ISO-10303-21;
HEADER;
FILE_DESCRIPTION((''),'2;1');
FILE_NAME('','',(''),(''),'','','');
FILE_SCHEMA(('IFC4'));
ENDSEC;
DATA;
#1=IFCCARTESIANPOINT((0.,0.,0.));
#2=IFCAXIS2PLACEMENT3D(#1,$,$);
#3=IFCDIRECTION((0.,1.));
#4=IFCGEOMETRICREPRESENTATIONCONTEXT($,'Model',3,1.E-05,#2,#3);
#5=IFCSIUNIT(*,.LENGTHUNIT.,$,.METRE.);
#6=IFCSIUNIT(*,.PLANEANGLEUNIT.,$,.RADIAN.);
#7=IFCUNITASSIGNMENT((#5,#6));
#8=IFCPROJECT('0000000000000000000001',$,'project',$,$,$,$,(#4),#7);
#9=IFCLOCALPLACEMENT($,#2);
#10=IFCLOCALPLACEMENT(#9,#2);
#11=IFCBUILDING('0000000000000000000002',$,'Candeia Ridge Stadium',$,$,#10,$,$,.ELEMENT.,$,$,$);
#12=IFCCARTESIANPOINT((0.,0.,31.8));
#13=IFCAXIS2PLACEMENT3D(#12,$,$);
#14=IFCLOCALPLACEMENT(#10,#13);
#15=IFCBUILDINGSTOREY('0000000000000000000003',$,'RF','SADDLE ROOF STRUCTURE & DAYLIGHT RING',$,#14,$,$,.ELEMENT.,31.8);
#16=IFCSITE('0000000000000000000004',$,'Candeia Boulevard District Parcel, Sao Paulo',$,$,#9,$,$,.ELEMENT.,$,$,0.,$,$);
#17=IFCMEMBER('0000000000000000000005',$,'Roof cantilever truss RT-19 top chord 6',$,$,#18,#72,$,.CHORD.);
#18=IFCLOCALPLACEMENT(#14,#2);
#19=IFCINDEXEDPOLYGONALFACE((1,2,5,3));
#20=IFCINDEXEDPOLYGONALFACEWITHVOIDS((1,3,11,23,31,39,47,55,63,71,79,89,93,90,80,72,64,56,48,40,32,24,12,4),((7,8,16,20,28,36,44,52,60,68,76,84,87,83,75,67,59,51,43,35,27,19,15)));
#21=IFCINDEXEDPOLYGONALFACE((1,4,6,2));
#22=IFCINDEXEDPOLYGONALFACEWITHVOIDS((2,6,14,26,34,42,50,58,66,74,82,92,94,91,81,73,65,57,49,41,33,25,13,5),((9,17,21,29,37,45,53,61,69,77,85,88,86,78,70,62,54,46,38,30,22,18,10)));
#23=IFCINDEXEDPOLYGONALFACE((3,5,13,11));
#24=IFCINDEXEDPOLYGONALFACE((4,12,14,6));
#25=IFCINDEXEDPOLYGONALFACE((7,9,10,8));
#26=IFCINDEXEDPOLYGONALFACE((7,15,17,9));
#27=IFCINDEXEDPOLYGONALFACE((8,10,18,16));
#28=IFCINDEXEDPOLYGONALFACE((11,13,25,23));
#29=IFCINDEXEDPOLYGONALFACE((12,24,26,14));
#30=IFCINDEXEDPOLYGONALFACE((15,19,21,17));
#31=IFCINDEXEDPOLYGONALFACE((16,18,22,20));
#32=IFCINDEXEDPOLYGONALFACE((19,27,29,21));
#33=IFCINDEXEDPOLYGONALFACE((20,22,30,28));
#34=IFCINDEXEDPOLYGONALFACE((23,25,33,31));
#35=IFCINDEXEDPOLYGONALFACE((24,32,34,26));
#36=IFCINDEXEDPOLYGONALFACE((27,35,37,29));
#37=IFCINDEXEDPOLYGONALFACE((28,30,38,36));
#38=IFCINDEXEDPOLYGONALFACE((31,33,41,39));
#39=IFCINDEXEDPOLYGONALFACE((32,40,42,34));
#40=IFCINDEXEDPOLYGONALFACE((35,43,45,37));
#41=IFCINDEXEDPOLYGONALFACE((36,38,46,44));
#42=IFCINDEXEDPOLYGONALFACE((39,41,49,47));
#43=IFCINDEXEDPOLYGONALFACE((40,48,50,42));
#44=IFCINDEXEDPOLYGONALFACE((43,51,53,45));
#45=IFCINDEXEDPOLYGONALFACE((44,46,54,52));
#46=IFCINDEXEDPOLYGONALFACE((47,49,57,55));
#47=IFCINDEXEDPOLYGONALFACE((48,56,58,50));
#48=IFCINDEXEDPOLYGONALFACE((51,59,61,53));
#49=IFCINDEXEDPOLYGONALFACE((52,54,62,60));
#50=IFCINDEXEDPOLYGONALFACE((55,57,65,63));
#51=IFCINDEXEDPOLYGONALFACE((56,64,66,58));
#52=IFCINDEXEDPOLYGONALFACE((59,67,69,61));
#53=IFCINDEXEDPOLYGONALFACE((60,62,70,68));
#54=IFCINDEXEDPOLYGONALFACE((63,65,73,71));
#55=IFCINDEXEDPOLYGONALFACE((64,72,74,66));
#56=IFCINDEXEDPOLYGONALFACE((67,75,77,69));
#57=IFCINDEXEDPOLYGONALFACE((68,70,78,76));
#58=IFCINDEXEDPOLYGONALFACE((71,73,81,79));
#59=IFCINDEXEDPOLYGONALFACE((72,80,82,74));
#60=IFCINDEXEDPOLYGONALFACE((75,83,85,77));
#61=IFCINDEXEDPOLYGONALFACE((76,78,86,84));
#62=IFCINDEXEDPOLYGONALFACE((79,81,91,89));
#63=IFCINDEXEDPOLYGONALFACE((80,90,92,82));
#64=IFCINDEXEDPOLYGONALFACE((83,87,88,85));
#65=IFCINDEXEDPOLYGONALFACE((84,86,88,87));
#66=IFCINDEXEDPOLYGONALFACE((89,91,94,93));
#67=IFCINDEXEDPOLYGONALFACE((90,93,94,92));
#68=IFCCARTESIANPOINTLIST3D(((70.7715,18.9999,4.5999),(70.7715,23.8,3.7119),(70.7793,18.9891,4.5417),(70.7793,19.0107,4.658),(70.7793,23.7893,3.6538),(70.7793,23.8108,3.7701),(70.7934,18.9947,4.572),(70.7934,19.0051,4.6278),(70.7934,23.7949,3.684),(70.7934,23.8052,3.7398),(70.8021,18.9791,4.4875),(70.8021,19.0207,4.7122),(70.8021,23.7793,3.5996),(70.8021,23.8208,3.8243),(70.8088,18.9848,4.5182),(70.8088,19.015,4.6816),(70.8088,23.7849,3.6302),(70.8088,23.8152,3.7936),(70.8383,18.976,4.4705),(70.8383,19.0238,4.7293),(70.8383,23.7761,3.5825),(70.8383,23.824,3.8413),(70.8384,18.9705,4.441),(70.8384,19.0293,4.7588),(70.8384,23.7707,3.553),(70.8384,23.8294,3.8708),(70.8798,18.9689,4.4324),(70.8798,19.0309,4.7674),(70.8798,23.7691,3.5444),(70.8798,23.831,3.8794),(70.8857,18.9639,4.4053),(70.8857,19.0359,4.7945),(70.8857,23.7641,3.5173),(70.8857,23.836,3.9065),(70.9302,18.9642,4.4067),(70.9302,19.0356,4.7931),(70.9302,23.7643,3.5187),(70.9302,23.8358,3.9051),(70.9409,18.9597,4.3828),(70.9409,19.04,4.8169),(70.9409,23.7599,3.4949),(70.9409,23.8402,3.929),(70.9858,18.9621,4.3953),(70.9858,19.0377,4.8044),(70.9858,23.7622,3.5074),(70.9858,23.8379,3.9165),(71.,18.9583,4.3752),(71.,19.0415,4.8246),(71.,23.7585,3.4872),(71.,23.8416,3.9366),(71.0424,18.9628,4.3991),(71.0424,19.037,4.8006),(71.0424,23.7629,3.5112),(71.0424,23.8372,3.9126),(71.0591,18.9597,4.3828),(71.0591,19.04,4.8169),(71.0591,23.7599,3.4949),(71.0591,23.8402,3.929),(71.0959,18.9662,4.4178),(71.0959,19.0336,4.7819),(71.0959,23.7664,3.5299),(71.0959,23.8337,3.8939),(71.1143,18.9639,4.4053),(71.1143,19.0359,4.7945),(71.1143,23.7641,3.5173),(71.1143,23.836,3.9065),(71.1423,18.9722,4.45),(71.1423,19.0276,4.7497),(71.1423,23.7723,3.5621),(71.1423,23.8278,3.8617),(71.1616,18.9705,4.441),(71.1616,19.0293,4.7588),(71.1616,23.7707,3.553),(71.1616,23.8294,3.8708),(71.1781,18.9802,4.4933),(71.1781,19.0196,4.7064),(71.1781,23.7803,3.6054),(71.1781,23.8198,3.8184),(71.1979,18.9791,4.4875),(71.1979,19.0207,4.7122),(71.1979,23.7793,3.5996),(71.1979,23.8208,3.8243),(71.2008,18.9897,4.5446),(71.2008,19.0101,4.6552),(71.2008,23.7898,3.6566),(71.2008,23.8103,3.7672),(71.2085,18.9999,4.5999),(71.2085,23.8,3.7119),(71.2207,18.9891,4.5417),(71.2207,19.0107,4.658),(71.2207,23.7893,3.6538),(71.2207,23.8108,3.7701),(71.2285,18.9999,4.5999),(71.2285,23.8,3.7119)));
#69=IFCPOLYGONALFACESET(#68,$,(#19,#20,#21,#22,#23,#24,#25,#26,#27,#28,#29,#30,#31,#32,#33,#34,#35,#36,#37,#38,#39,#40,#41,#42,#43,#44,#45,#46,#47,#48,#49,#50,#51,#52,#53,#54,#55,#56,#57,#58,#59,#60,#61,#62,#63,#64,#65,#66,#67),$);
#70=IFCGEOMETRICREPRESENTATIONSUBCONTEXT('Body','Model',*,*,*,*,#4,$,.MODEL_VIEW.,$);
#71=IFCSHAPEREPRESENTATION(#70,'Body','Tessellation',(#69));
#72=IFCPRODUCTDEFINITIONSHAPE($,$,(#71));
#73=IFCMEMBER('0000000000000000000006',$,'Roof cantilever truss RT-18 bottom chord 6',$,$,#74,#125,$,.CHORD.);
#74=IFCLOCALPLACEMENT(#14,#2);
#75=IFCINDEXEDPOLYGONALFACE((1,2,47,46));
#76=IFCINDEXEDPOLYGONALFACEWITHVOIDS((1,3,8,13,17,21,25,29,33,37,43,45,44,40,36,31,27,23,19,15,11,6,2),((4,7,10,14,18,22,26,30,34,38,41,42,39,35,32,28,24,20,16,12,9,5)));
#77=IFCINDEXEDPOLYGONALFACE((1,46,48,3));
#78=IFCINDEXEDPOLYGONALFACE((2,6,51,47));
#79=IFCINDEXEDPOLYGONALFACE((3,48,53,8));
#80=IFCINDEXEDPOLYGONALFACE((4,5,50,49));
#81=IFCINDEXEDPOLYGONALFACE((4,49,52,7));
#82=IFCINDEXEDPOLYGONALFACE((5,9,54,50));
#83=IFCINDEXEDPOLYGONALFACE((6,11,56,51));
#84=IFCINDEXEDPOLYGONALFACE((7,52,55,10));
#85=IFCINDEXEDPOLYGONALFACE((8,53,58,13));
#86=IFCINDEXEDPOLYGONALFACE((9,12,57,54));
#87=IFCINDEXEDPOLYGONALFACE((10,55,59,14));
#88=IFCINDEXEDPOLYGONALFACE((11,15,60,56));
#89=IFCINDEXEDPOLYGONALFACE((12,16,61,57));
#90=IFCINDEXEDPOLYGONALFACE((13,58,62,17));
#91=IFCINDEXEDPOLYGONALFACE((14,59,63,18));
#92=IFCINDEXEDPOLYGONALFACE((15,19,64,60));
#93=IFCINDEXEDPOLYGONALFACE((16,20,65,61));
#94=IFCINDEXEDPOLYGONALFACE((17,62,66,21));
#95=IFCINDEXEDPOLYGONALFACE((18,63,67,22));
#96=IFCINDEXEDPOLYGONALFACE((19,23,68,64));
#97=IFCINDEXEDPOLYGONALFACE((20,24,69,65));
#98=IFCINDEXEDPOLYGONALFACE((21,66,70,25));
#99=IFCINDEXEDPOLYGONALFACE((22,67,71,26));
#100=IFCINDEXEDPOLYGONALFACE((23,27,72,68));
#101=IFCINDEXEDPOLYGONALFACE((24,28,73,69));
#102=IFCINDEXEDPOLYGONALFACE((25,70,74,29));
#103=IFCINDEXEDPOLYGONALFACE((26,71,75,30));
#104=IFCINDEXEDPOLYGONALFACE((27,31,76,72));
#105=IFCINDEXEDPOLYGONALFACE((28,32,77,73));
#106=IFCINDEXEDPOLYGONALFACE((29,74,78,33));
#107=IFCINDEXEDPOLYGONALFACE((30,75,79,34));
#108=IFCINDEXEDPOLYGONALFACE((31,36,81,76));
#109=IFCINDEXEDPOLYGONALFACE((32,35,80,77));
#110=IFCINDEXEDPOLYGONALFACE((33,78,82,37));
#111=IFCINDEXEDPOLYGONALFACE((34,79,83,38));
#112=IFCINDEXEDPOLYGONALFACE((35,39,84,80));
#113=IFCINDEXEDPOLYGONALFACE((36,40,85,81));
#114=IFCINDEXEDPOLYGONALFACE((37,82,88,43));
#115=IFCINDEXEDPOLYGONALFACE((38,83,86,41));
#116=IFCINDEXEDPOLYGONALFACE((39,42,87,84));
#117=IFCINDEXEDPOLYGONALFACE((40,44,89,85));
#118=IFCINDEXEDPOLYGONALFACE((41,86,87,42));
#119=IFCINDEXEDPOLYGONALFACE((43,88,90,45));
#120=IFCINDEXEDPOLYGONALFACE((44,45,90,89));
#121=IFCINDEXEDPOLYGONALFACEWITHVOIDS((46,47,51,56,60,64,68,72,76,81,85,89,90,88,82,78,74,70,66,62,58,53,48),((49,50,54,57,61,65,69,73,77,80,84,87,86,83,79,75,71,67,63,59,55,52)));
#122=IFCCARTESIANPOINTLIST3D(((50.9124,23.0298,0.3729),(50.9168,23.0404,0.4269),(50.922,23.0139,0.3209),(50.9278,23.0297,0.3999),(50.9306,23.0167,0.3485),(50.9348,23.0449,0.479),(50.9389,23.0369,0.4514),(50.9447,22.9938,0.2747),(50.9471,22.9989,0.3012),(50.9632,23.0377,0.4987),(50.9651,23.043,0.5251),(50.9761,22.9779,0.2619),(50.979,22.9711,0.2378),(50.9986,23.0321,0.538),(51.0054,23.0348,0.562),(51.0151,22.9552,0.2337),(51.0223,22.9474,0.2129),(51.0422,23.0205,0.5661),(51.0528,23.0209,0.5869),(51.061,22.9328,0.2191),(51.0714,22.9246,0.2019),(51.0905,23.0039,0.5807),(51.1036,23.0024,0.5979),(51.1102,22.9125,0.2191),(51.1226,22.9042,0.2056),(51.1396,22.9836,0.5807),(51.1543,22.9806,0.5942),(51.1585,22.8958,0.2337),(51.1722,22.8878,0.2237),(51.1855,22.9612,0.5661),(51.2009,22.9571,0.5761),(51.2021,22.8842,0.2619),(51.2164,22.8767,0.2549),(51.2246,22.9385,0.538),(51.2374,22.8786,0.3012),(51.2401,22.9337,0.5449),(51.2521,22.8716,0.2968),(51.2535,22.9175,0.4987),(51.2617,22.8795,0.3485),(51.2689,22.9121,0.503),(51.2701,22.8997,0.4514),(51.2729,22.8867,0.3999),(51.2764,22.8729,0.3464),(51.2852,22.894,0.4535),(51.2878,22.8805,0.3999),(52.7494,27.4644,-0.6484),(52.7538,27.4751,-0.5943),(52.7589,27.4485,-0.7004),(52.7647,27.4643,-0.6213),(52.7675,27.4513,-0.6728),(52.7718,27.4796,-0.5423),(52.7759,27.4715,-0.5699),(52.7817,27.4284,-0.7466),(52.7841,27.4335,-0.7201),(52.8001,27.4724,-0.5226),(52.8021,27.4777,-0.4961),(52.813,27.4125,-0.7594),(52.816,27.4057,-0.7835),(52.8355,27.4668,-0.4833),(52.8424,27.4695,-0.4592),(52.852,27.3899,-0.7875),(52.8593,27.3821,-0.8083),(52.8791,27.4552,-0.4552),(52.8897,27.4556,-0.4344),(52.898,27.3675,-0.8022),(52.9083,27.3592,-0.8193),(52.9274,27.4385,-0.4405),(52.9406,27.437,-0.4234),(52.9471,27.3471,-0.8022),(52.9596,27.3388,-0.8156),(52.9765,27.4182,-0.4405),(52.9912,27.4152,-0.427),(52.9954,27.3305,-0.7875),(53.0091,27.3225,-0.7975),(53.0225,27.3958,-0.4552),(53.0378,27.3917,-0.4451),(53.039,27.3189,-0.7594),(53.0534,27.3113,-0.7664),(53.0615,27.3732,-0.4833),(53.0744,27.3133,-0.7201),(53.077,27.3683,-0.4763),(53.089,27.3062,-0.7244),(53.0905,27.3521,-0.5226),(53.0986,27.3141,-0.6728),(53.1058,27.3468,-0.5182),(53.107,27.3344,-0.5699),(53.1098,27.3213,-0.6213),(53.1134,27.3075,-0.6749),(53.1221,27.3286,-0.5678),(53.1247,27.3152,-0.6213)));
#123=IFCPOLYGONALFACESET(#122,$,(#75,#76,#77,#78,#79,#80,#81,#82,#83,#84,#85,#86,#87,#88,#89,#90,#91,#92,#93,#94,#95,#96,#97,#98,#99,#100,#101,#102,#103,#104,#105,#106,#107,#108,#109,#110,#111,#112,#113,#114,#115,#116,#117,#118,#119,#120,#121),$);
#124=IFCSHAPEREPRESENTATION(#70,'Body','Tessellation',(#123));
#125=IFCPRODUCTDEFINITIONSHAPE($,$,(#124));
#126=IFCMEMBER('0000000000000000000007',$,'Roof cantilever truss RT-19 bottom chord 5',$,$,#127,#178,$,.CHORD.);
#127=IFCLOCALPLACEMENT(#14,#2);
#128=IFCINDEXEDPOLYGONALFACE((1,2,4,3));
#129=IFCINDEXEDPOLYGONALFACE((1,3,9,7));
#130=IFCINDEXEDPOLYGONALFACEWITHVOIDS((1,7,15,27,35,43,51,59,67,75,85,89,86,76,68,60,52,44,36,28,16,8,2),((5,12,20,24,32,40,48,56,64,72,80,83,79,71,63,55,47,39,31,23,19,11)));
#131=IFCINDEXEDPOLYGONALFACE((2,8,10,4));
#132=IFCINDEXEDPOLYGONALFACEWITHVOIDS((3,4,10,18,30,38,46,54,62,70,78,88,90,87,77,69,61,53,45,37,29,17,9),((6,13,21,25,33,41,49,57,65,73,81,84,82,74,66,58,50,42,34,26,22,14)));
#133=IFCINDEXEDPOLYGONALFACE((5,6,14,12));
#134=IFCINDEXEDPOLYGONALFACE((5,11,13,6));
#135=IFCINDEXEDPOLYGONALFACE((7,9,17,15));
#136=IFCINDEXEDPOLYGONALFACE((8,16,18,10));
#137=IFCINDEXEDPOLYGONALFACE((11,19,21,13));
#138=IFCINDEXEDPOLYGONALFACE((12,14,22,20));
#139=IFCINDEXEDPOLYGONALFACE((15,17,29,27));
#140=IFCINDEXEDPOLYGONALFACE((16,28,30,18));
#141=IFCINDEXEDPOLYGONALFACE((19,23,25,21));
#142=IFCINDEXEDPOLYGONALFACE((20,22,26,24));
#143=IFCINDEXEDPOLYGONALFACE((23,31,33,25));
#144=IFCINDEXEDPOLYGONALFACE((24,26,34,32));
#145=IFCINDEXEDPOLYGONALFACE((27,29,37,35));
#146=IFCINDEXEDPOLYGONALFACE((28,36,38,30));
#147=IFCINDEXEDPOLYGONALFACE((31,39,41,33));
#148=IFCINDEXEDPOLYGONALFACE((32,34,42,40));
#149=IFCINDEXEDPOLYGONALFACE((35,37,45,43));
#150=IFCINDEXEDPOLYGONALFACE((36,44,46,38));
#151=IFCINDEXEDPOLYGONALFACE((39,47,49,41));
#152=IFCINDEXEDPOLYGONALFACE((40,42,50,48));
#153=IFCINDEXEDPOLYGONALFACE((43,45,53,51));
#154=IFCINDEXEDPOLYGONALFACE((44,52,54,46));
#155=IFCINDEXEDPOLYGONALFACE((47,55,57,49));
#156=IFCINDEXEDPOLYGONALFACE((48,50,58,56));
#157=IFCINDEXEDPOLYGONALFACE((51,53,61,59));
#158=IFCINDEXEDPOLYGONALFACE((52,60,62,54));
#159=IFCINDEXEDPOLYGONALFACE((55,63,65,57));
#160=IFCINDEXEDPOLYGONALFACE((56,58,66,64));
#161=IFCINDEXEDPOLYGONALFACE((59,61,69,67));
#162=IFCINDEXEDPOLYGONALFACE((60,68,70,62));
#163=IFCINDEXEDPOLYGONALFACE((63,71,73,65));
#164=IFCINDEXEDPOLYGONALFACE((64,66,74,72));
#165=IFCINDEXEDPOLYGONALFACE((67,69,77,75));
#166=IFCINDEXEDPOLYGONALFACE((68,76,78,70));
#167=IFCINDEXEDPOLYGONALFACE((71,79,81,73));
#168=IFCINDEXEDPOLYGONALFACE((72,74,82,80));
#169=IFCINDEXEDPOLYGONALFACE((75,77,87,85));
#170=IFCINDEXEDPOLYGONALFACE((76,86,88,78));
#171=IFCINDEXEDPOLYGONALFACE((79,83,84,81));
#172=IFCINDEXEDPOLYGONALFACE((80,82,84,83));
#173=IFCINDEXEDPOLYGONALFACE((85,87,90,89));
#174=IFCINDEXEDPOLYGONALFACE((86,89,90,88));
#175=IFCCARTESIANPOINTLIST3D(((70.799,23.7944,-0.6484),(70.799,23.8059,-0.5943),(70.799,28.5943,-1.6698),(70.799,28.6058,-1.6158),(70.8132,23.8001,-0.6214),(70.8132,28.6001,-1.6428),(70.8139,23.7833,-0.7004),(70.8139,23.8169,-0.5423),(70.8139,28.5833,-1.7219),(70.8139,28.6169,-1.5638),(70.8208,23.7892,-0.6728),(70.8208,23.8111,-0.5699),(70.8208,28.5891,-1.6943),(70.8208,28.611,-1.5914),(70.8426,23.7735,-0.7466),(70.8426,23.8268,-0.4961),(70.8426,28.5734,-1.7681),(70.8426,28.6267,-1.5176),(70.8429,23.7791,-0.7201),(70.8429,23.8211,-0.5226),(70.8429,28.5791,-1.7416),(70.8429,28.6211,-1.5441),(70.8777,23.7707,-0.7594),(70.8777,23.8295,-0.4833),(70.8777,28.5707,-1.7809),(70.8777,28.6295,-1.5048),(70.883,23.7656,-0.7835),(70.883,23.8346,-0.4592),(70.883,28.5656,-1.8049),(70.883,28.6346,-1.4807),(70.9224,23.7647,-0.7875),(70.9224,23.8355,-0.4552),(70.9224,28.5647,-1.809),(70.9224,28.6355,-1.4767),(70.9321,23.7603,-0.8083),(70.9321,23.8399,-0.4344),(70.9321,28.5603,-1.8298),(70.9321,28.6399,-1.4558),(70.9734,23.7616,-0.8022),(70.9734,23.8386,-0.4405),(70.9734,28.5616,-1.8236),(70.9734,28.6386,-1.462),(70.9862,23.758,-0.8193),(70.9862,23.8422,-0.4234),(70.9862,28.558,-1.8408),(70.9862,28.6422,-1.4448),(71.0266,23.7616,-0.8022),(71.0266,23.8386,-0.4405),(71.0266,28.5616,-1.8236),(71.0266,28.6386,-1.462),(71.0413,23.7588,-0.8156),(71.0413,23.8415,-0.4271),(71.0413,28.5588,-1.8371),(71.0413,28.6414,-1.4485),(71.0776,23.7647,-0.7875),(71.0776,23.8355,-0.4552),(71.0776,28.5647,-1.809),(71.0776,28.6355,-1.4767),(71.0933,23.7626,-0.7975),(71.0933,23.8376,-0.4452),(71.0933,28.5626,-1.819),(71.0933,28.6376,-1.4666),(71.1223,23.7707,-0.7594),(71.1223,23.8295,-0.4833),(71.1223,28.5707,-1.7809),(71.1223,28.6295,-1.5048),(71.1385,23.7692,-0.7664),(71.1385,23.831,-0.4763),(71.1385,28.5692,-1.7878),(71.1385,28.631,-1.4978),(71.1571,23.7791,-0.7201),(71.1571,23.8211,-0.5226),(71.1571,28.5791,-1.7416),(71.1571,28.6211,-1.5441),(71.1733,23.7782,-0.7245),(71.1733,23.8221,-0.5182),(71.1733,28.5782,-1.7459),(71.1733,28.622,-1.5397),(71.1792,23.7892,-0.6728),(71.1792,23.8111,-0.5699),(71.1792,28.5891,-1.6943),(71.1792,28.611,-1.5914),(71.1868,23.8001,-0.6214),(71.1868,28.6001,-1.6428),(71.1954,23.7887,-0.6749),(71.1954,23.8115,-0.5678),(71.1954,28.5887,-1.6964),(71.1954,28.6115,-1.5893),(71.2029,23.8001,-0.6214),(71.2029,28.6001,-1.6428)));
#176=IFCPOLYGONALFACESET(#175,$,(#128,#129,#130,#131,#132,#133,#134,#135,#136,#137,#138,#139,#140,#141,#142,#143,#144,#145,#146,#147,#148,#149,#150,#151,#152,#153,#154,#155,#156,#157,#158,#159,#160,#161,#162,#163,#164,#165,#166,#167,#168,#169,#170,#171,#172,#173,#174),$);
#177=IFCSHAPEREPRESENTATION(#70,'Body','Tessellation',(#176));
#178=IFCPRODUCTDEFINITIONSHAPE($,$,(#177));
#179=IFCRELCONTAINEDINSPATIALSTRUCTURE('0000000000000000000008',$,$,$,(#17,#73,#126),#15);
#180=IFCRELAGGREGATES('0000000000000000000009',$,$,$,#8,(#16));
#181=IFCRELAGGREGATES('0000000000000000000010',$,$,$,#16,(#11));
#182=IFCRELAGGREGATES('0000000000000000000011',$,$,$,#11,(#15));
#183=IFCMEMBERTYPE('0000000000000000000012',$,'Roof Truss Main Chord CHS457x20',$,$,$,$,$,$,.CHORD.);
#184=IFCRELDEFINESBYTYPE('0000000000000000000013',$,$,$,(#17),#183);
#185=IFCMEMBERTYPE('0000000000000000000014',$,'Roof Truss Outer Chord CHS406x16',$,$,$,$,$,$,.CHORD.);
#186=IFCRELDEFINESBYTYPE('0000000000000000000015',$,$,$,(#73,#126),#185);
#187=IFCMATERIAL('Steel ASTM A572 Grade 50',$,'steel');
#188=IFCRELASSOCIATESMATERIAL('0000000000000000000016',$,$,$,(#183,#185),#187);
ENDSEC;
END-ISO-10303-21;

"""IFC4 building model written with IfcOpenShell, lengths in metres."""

from ifc_helpers import new_model, si_unit, direction, frame, origin, origin_2d, place, context, subcontext, project, spatial, hollow_circle, extrude, material, material_profile, profile_set, type_object, element, save


model = new_model("IFC4")

# Units and contexts
model_context = context("Model", 3, precision=1e-05, world=origin(), true_north=direction((0.0, 1.0)))
body_context = subcontext(model_context, "Body", "Model", "MODEL_VIEW")
ifc_project = project(units=[si_unit("LENGTHUNIT", "METRE"), si_unit("PLANEANGLEUNIT", "RADIAN")], contexts=[model_context])

# Site, building, storey
site_placement = place(None, origin())
site = spatial("IfcSite", under=ifc_project, at=site_placement, Name="Candeia Boulevard District Parcel, Sao Paulo", CompositionType="ELEMENT", RefElevation=0.0)
building_placement = place(site_placement, origin())
building = spatial("IfcBuilding", under=site, at=building_placement, Name="Candeia Ridge Stadium", CompositionType="ELEMENT")
storey_placement = place(building_placement, frame((0.0, 0.0, 31.8)))
storey = spatial("IfcBuildingStorey", under=building, at=storey_placement, Name="RF", Description="SADDLE ROOF STRUCTURE & DAYLIGHT RING", CompositionType="ELEMENT", Elevation=31.8)

# Shared definitions
ifc_material_1 = material(Name="Steel ASTM A572 Grade 50", Category="steel")

# Members
ifc_material_profile_1 = material_profile(ifc_material_1, hollow_circle(Radius=0.2285, WallThickness=0.02, at=origin_2d()), Name="CHS457x20", Category="steel")
ifc_profile_set_1 = profile_set([ifc_material_profile_1], Name="Steel ASTM A572 Grade 50")
member_type_1 = type_object("IfcMemberType", Name="Roof Truss Main Chord CHS457x20", PredefinedType="CHORD", material=ifc_profile_set_1)
for number, where, z_axis, x_axis, name in (
    (1, (71.0, 23.8, 3.7119), (0.0, -0.983317, 0.181899), (1.0, 0.0, 0.0), "Roof cantilever truss RT-19 top chord 6"),
):
    element("IfcMember", number, at=place(storey_placement, frame(where, z_axis=z_axis, x_axis=x_axis)), inside=storey, type_object=member_type_1, Name=name, PredefinedType="CHORD", context=body_context, shape_type="SweptSolid", body=[
        extrude(hollow_circle(Radius=0.2285, WallThickness=0.02, at=origin_2d()), origin(), (0.0, 0.0, 1.0), 4.8816),
    ])
ifc_material_profile_2 = material_profile(ifc_material_1, hollow_circle(Radius=0.2029, WallThickness=0.0161, at=origin_2d()), Name="CHS406x16", Category="steel")
ifc_profile_set_2 = profile_set([ifc_material_profile_2], Name="Steel ASTM A572 Grade 50")
member_type_2 = type_object("IfcMemberType", Name="Roof Truss Outer Chord CHS406x16", PredefinedType="CHORD", material=ifc_profile_set_2)
for number, where, z_axis, x_axis, name in (
    (2, (52.9373, 27.3928, -0.6213), (-0.374315, -0.903649, 0.208102), (0.923875, -0.382693, 0.0), "Roof cantilever truss RT-18 bottom chord 6"),
    (3, (71.0, 28.6001, -1.6428), (0.0, -0.978098, 0.208146), (1.0, 0.0, 0.0), "Roof cantilever truss RT-19 bottom chord 5"),
):
    element("IfcMember", number, at=place(storey_placement, frame(where, z_axis=z_axis, x_axis=x_axis)), inside=storey, type_object=member_type_2, Name=name, PredefinedType="CHORD", context=body_context, shape_type="SweptSolid", body=[
        extrude(hollow_circle(Radius=0.2029, WallThickness=0.0161, at=origin_2d()), origin(), (0.0, 0.0, 1.0), 4.9075),
    ])

save(model, "model.ifc")
